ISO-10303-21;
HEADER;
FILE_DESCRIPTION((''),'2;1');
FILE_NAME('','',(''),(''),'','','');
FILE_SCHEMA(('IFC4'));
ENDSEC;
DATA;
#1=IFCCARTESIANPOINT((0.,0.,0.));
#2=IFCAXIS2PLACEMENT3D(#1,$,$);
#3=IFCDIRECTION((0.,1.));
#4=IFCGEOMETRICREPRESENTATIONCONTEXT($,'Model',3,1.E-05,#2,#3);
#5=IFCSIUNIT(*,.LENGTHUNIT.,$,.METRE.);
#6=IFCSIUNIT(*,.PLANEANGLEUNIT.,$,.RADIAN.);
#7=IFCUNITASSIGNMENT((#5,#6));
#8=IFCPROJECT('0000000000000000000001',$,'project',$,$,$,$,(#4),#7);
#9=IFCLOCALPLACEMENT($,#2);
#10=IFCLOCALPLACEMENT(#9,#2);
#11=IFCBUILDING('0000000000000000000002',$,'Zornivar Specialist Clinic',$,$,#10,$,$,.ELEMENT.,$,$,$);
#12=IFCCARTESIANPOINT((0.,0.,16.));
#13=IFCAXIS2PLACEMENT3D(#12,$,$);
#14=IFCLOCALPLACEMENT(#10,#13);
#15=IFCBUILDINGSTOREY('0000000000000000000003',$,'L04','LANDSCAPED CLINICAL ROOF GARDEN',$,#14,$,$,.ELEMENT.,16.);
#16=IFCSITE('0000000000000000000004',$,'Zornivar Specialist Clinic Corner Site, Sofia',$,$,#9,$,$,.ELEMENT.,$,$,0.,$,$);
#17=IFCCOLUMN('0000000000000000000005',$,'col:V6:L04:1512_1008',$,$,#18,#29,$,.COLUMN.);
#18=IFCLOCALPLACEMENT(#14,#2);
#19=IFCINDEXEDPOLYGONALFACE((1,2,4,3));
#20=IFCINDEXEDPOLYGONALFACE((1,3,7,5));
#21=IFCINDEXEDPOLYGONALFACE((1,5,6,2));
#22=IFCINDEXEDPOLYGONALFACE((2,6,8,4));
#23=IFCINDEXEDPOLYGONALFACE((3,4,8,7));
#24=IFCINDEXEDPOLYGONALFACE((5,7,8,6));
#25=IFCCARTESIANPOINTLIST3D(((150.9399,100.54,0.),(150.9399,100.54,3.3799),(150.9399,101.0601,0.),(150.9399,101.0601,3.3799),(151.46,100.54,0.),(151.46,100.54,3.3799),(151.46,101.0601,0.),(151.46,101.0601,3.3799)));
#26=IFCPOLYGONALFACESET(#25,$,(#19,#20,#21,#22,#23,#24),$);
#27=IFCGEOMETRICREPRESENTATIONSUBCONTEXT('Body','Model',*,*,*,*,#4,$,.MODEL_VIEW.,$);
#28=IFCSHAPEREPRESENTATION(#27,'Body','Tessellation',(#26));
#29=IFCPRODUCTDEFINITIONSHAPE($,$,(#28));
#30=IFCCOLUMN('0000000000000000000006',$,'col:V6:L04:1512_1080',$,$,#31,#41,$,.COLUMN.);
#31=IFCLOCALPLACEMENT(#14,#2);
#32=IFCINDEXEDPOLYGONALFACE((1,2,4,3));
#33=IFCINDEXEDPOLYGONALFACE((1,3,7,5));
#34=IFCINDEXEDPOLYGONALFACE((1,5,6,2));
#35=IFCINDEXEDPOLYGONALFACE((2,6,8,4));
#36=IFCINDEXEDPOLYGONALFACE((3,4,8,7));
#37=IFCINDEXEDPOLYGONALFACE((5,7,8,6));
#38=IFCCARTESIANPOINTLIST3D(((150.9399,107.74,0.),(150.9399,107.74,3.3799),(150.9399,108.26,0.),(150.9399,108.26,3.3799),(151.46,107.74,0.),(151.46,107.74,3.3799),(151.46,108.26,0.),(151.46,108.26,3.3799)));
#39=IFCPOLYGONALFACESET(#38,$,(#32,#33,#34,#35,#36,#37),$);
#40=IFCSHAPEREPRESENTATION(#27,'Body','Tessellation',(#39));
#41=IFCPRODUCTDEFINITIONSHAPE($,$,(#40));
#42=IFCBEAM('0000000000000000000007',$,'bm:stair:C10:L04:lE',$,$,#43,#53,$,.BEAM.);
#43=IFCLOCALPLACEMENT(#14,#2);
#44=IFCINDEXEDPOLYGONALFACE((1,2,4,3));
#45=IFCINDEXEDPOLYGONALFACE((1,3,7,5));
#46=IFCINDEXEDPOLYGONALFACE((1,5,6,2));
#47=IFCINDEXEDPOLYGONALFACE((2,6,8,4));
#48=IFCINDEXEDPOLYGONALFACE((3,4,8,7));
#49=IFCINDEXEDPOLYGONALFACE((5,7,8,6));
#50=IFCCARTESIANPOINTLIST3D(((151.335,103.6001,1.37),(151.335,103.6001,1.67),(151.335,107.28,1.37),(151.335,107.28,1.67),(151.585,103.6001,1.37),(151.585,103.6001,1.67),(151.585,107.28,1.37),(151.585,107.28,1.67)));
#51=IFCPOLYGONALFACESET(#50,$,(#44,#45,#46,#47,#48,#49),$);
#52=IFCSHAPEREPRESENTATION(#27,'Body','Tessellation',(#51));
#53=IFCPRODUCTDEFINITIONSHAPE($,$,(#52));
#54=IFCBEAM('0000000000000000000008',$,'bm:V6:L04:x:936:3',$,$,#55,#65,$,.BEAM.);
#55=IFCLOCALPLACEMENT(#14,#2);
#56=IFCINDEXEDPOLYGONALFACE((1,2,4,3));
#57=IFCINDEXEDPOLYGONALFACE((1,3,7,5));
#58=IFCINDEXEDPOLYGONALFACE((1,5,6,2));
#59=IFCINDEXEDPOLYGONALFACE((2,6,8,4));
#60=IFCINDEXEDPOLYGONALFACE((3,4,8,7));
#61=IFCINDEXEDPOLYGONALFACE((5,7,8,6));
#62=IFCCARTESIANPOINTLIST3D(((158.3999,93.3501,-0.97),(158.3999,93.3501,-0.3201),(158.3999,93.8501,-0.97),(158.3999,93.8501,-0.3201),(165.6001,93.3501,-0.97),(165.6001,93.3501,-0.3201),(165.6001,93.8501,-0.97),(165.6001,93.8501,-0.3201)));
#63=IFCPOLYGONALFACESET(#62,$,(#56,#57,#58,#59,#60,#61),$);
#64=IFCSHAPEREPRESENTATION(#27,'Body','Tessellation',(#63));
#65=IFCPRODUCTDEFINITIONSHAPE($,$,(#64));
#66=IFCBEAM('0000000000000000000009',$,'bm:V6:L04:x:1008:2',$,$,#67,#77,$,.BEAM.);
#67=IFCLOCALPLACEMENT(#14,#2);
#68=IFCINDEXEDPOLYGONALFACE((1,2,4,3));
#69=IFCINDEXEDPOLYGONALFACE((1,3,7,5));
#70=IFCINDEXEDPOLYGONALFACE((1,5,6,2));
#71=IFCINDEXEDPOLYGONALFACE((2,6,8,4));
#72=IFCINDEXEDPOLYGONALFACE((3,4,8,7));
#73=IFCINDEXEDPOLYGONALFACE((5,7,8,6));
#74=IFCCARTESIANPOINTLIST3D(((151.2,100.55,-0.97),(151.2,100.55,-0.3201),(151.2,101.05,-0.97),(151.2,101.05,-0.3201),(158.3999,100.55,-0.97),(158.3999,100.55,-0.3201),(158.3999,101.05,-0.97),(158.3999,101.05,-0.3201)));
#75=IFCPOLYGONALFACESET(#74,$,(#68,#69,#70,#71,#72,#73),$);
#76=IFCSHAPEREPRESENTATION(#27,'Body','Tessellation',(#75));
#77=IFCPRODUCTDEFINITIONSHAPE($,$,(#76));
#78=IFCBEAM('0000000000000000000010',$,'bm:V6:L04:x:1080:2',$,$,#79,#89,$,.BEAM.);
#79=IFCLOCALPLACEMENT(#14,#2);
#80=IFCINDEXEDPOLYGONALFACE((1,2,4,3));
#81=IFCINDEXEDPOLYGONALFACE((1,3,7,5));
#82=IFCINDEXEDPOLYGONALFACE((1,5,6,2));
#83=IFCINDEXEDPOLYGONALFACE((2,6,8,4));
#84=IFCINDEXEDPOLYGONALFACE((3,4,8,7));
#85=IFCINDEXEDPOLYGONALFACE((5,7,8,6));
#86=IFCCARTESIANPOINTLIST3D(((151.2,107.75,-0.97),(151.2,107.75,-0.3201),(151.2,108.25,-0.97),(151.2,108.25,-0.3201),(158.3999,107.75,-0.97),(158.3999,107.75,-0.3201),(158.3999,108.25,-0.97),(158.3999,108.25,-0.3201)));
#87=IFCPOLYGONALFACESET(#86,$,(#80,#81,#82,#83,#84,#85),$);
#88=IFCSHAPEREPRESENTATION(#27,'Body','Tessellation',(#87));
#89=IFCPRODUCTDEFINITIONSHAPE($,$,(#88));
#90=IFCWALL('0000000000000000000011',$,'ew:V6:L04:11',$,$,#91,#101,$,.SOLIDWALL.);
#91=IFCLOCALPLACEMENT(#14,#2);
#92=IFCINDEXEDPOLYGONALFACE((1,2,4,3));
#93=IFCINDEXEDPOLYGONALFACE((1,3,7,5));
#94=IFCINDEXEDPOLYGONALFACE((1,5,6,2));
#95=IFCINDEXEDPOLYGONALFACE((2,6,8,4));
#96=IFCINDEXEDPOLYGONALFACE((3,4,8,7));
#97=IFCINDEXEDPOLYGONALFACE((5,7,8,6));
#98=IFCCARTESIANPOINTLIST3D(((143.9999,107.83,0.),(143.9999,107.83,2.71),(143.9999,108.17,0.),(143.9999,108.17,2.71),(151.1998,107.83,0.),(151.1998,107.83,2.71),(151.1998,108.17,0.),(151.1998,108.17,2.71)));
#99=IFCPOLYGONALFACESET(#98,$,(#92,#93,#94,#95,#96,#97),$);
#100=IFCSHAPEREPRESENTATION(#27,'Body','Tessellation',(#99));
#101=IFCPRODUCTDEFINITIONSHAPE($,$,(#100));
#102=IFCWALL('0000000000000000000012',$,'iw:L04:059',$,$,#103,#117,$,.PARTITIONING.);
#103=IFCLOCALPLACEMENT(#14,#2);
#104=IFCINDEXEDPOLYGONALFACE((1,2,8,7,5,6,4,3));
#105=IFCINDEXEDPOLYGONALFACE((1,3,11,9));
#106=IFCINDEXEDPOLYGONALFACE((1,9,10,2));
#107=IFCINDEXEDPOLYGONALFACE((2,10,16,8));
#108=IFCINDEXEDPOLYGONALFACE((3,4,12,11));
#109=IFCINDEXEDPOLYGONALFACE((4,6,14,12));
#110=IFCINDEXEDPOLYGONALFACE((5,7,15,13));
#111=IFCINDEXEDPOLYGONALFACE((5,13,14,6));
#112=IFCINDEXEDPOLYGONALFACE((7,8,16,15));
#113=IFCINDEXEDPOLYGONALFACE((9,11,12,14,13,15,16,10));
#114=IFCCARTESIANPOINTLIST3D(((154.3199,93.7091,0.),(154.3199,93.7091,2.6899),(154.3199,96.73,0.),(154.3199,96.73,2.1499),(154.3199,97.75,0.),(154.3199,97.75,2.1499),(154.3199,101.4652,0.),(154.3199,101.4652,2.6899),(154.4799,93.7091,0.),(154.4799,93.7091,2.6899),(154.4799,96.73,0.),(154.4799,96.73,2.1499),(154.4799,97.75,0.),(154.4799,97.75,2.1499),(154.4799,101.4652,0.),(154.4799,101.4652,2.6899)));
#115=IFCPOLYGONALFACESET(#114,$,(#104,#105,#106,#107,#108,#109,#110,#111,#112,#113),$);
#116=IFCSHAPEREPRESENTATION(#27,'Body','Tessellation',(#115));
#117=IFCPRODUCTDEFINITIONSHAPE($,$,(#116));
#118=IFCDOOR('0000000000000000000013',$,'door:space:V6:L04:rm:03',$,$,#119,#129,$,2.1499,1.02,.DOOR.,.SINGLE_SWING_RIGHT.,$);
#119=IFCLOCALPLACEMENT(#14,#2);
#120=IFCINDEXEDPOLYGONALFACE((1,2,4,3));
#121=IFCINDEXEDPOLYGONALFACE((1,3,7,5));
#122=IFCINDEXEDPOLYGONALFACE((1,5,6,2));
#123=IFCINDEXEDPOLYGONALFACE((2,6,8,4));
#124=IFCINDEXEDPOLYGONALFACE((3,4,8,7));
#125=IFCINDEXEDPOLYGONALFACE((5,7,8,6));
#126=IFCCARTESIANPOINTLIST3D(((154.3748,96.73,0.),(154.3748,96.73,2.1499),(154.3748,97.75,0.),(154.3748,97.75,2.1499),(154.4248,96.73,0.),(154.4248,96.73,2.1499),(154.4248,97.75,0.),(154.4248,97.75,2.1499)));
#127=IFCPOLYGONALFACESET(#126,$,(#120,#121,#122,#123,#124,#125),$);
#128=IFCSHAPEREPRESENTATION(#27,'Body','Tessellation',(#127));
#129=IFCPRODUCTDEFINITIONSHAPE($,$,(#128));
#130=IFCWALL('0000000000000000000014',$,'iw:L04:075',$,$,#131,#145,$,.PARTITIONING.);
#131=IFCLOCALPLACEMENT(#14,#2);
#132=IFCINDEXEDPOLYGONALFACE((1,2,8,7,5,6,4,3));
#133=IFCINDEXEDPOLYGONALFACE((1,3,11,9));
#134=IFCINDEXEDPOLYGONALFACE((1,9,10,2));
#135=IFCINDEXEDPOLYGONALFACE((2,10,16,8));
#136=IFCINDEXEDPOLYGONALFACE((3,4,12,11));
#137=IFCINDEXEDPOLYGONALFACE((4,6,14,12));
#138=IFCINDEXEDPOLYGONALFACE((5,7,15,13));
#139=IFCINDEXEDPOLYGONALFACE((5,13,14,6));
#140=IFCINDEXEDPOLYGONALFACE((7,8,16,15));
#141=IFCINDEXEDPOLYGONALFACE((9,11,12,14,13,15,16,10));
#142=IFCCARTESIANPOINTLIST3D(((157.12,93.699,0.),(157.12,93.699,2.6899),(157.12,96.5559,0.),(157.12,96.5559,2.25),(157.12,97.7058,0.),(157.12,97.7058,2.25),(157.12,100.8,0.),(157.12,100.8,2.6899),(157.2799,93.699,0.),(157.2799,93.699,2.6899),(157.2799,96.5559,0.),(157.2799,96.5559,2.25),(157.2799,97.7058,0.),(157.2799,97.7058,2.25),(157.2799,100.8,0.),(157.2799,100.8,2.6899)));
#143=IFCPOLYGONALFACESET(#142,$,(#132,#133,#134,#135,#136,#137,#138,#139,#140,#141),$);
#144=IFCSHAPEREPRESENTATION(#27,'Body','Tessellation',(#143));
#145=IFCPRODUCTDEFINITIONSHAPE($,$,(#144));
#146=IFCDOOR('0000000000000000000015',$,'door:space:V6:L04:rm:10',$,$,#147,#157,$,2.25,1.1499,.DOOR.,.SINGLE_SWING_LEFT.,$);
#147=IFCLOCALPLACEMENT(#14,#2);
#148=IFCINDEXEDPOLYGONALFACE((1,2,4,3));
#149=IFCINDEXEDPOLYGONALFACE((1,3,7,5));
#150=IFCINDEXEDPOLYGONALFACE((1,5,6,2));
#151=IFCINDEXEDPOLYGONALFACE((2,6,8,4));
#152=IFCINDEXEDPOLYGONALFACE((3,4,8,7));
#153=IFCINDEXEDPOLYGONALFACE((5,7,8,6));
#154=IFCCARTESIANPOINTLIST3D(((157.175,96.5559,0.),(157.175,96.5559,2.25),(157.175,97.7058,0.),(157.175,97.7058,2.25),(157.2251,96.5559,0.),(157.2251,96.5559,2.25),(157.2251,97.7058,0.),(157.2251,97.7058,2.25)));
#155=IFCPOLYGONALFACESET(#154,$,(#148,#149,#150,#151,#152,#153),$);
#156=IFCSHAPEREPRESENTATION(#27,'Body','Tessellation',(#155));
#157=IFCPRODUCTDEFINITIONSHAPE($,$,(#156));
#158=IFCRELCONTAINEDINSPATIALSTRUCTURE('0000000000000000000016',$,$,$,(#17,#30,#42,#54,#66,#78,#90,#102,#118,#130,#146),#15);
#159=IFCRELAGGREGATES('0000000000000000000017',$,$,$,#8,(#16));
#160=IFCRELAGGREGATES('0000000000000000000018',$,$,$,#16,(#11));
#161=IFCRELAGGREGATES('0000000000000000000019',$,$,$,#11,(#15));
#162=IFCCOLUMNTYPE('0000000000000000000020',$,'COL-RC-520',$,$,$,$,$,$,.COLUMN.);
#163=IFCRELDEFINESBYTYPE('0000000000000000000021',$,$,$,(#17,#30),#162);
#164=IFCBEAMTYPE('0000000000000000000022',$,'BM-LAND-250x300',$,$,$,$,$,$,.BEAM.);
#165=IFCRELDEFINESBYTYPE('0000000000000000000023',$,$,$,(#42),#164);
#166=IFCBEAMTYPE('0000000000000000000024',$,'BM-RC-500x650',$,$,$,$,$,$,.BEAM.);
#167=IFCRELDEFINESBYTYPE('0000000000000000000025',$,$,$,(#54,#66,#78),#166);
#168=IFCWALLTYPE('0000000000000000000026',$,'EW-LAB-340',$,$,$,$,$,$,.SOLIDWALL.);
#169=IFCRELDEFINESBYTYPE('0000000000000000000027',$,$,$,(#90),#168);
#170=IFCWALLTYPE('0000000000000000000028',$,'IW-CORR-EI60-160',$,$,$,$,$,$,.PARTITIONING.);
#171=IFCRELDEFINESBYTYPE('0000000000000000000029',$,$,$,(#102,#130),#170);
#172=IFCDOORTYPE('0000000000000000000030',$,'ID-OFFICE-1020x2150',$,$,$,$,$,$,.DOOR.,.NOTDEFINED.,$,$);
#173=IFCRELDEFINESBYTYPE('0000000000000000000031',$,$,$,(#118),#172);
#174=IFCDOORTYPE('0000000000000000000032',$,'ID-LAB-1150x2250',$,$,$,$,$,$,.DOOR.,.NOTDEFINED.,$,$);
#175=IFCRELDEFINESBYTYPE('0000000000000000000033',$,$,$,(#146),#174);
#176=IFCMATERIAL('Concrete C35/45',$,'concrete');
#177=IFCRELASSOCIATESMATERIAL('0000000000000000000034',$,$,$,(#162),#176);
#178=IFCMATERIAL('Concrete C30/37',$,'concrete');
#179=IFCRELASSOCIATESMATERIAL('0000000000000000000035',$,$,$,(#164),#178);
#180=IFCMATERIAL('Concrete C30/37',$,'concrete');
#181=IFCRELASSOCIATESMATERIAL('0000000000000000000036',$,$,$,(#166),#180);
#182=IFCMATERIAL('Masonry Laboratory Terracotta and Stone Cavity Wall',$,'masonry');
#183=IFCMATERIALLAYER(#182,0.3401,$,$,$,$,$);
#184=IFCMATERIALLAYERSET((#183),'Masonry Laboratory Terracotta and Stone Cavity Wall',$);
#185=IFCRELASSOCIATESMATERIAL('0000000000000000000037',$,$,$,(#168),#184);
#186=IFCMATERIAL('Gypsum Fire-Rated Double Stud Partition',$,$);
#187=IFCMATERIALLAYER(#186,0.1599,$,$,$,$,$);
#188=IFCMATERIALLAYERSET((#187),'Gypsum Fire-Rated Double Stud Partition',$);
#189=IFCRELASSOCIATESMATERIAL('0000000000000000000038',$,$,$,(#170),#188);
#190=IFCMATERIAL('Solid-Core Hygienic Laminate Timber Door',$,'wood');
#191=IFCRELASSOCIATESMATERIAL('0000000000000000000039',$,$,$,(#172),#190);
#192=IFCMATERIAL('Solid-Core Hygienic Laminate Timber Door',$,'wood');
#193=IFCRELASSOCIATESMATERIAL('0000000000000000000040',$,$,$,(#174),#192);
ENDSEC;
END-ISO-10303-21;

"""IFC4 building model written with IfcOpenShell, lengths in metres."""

from ifc_helpers import new_model, si_unit, direction, frame, frame_2d, origin, origin_2d, place, context, subcontext, project, spatial, rectangle, extrude, material, layer, layer_set, material_profile, profile_set, type_object, element, fill, save


model = new_model("IFC4")

# Units and contexts
model_context = context("Model", 3, precision=1e-05, world=origin(), true_north=direction((0.0, 1.0)))
body_context = subcontext(model_context, "Body", "Model", "MODEL_VIEW")
ifc_project = project(units=[si_unit("LENGTHUNIT", "METRE"), si_unit("PLANEANGLEUNIT", "RADIAN")], contexts=[model_context])

# Site, building, storey
site_placement = place(None, origin())
site = spatial("IfcSite", under=ifc_project, at=site_placement, Name="Zornivar Specialist Clinic Corner Site, Sofia", CompositionType="ELEMENT", RefElevation=0.0)
building_placement = place(site_placement, origin())
building = spatial("IfcBuilding", under=site, at=building_placement, Name="Zornivar Specialist Clinic", CompositionType="ELEMENT")
storey_placement = place(building_placement, frame((0.0, 0.0, 16.0)))
storey = spatial("IfcBuildingStorey", under=building, at=storey_placement, Name="L04", Description="LANDSCAPED CLINICAL ROOF GARDEN", CompositionType="ELEMENT", Elevation=16.0)

# Columns
ifc_material_1 = material(Name="Concrete C35/45", Category="concrete")
ifc_material_profile_1 = material_profile(ifc_material_1, rectangle(XDim=0.52, YDim=0.52, at=origin_2d()), Name="RC 520x520")
ifc_profile_set_1 = profile_set([ifc_material_profile_1], Name="Concrete C35/45")
column_type = type_object("IfcColumnType", Name="COL-RC-520", PredefinedType="COLUMN", material=ifc_profile_set_1)
for number, where, z_axis, x_axis, name in (
    (1, (151.2, 100.8, 0.0), (0.0, 0.0, 1.0), (1.0, 0.0, 0.0), "col:V6:L04:1512_1008"),
    (2, (151.2, 108.0, 0.0), (0.0, 0.0, 1.0), (1.0, 0.0, 0.0), "col:V6:L04:1512_1080"),
):
    element("IfcColumn", number, at=place(storey_placement, frame(where, z_axis=z_axis, x_axis=x_axis)), inside=storey, type_object=column_type, Name=name, PredefinedType="COLUMN", context=body_context, shape_type="SweptSolid", body=[
        extrude(rectangle(XDim=0.52, YDim=0.52, at=origin_2d()), origin(), (0.0, 0.0, 1.0), 3.3799),
    ])

# Beams
ifc_material_2 = material(Name="Concrete C30/37", Category="concrete")
ifc_material_profile_2 = material_profile(ifc_material_2, rectangle(XDim=0.25, YDim=0.3, at=origin_2d()), Name="RC 250x300")
ifc_profile_set_2 = profile_set([ifc_material_profile_2], Name="Concrete C30/37")
beam_type_1 = type_object("IfcBeamType", Name="BM-LAND-250x300", PredefinedType="BEAM", material=ifc_profile_set_2)
beam_1_placement = place(storey_placement, frame((151.46, 103.6001, 1.52), z_axis=(0.0, 1.0, 0.0), x_axis=(-1.0, 0.0, 0.0)))
element("IfcBeam", 3, at=beam_1_placement, inside=storey, type_object=beam_type_1, Name="bm:stair:C10:L04:lE", PredefinedType="BEAM", context=body_context, shape_type="SweptSolid", body=[
    extrude(rectangle(XDim=0.25, YDim=0.3, at=origin_2d()), origin(), (0.0, 0.0, 1.0), 3.6799),
])
ifc_material_3 = material(Name="Concrete C30/37", Category="concrete")
ifc_material_profile_3 = material_profile(ifc_material_3, rectangle(XDim=0.5, YDim=0.6499, at=origin_2d()), Name="RC 500x650")
ifc_profile_set_3 = profile_set([ifc_material_profile_3], Name="Concrete C30/37")
beam_type_2 = type_object("IfcBeamType", Name="BM-RC-500x650", PredefinedType="BEAM", material=ifc_profile_set_3)
beam_2_placement = place(storey_placement, frame((158.3999, 93.6001, -0.645), z_axis=(1.0, 0.0, 0.0), x_axis=(0.0, 1.0, 0.0)))
element("IfcBeam", 4, at=beam_2_placement, inside=storey, type_object=beam_type_2, Name="bm:V6:L04:x:936:3", PredefinedType="BEAM", context=body_context, shape_type="SweptSolid", body=[
    extrude(rectangle(XDim=0.5, YDim=0.6499, at=origin_2d()), origin(), (0.0, 0.0, 1.0), 7.2002),
])
for number, where, z_axis, x_axis, name in (
    (5, (151.2, 100.8, -0.645), (1.0, 0.0, 0.0), (0.0, 1.0, 0.0), "bm:V6:L04:x:1008:2"),
    (6, (151.2, 108.0, -0.645), (1.0, 0.0, 0.0), (0.0, 1.0, 0.0), "bm:V6:L04:x:1080:2"),
):
    element("IfcBeam", number, at=place(storey_placement, frame(where, z_axis=z_axis, x_axis=x_axis)), inside=storey, type_object=beam_type_2, Name=name, PredefinedType="BEAM", context=body_context, shape_type="SweptSolid", body=[
        extrude(rectangle(XDim=0.5, YDim=0.6499, at=origin_2d()), origin(), (0.0, 0.0, 1.0), 7.2),
    ])

# Wall
ifc_material_4 = material(Name="Masonry Laboratory Terracotta and Stone Cavity Wall", Category="masonry")
ifc_layer_1 = layer(ifc_material_4, 0.3401)
ifc_layer_set_1 = layer_set([ifc_layer_1], Name="Masonry Laboratory Terracotta and Stone Cavity Wall")
wall_type_1 = type_object("IfcWallType", Name="EW-LAB-340", PredefinedType="SOLIDWALL", material=ifc_layer_set_1)
wall_1_placement = place(storey_placement, frame((151.2, 108.0, 0.0), z_axis=(0.0, 0.0, 1.0), x_axis=(-1.0, 0.0, 0.0)))
element("IfcWall", 7, at=wall_1_placement, inside=storey, type_object=wall_type_1, Name="ew:V6:L04:11", PredefinedType="SOLIDWALL", context=body_context, shape_type="SweptSolid", body=[
    extrude(rectangle(XDim=7.2, YDim=0.3401, at=frame_2d((3.6001, 0.0))), origin(), (0.0, 0.0, 1.0), 2.71),
])

# Walls, openings, doors
ifc_material_5 = material(Name="Gypsum Fire-Rated Double Stud Partition")
ifc_layer_2 = layer(ifc_material_5, 0.1599)
ifc_layer_set_2 = layer_set([ifc_layer_2], Name="Gypsum Fire-Rated Double Stud Partition")
wall_type_2 = type_object("IfcWallType", Name="IW-CORR-EI60-160", PredefinedType="PARTITIONING", material=ifc_layer_set_2)
wall_2_placement = place(storey_placement, frame((154.3999, 101.4651, 0.0), z_axis=(0.0, 0.0, 1.0), x_axis=(0.0, -1.0, 0.0)))
wall_2 = element("IfcWall", 8, at=wall_2_placement, inside=storey, type_object=wall_type_2, Name="iw:L04:059", PredefinedType="PARTITIONING", context=body_context, shape_type="SweptSolid", body=[
    extrude(rectangle(XDim=7.7561, YDim=0.1599, at=frame_2d((3.8779, 0.0))), origin(), (0.0, 0.0, 1.0), 2.6899),
])
opening_1_placement = place(wall_2_placement, frame((3.7151, 0.0, 0.0)))
opening_1 = element("IfcOpeningElement", 9, at=opening_1_placement, cuts=wall_2, PredefinedType="OPENING", context=body_context, shape_type="SweptSolid", body=[
    extrude(rectangle(XDim=1.02, YDim=2.1499, at=frame_2d((0.51, 1.075))), frame((0.0, 0.0898, 0.0), z_axis=(0.0, -1.0, 0.0), x_axis=(1.0, 0.0, 0.0)), (0.0, 0.0, 1.0), 0.1799),
])
ifc_material_6 = material(Name="Solid-Core Hygienic Laminate Timber Door", Category="wood")
door_type_1 = type_object("IfcDoorType", Name="ID-OFFICE-1020x2150", OperationType="NOTDEFINED", PredefinedType="DOOR", material=ifc_material_6)
door_1_placement = place(opening_1_placement, origin())
door_1 = element("IfcDoor", 10, at=door_1_placement, inside=storey, type_object=door_type_1, Name="door:space:V6:L04:rm:03", OperationType="SINGLE_SWING_RIGHT", OverallHeight=2.1499, OverallWidth=1.02, PredefinedType="DOOR", context=body_context, shape_type="SweptSolid", body=[
    extrude(rectangle(XDim=1.02, YDim=2.1499, at=frame_2d((0.51, 1.075))), frame((0.0, 0.0249, 0.0), z_axis=(0.0, -1.0, 0.0), x_axis=(1.0, 0.0, 0.0)), (0.0, 0.0, 1.0), 0.05),
])
fill(opening_1, door_1)
wall_3_placement = place(storey_placement, frame((157.2, 93.699, 0.0), z_axis=(0.0, 0.0, 1.0), x_axis=(0.0, 1.0, 0.0)))
wall_3 = element("IfcWall", 11, at=wall_3_placement, inside=storey, type_object=wall_type_2, Name="iw:L04:075", PredefinedType="PARTITIONING", context=body_context, shape_type="SweptSolid", body=[
    extrude(rectangle(XDim=7.1011, YDim=0.1599, at=frame_2d((3.5505, 0.0))), origin(), (0.0, 0.0, 1.0), 2.6899),
])
opening_2_placement = place(wall_3_placement, frame((2.8569, 0.0, 0.0)))
opening_2 = element("IfcOpeningElement", 12, at=opening_2_placement, cuts=wall_3, PredefinedType="OPENING", context=body_context, shape_type="SweptSolid", body=[
    extrude(rectangle(XDim=1.1499, YDim=2.25, at=frame_2d((0.575, 1.125))), frame((0.0, 0.0898, 0.0), z_axis=(0.0, -1.0, 0.0), x_axis=(1.0, 0.0, 0.0)), (0.0, 0.0, 1.0), 0.1799),
])
ifc_material_7 = material(Name="Solid-Core Hygienic Laminate Timber Door", Category="wood")
door_type_2 = type_object("IfcDoorType", Name="ID-LAB-1150x2250", OperationType="NOTDEFINED", PredefinedType="DOOR", material=ifc_material_7)
door_2_placement = place(opening_2_placement, origin())
door_2 = element("IfcDoor", 13, at=door_2_placement, inside=storey, type_object=door_type_2, Name="door:space:V6:L04:rm:10", OperationType="SINGLE_SWING_LEFT", OverallHeight=2.25, OverallWidth=1.1499, PredefinedType="DOOR", context=body_context, shape_type="SweptSolid", body=[
    extrude(rectangle(XDim=1.1499, YDim=2.25, at=frame_2d((0.575, 1.125))), frame((0.0, 0.0249, 0.0), z_axis=(0.0, -1.0, 0.0), x_axis=(1.0, 0.0, 0.0)), (0.0, 0.0, 1.0), 0.05),
])
fill(opening_2, door_2)

save(model, "model.ifc")
